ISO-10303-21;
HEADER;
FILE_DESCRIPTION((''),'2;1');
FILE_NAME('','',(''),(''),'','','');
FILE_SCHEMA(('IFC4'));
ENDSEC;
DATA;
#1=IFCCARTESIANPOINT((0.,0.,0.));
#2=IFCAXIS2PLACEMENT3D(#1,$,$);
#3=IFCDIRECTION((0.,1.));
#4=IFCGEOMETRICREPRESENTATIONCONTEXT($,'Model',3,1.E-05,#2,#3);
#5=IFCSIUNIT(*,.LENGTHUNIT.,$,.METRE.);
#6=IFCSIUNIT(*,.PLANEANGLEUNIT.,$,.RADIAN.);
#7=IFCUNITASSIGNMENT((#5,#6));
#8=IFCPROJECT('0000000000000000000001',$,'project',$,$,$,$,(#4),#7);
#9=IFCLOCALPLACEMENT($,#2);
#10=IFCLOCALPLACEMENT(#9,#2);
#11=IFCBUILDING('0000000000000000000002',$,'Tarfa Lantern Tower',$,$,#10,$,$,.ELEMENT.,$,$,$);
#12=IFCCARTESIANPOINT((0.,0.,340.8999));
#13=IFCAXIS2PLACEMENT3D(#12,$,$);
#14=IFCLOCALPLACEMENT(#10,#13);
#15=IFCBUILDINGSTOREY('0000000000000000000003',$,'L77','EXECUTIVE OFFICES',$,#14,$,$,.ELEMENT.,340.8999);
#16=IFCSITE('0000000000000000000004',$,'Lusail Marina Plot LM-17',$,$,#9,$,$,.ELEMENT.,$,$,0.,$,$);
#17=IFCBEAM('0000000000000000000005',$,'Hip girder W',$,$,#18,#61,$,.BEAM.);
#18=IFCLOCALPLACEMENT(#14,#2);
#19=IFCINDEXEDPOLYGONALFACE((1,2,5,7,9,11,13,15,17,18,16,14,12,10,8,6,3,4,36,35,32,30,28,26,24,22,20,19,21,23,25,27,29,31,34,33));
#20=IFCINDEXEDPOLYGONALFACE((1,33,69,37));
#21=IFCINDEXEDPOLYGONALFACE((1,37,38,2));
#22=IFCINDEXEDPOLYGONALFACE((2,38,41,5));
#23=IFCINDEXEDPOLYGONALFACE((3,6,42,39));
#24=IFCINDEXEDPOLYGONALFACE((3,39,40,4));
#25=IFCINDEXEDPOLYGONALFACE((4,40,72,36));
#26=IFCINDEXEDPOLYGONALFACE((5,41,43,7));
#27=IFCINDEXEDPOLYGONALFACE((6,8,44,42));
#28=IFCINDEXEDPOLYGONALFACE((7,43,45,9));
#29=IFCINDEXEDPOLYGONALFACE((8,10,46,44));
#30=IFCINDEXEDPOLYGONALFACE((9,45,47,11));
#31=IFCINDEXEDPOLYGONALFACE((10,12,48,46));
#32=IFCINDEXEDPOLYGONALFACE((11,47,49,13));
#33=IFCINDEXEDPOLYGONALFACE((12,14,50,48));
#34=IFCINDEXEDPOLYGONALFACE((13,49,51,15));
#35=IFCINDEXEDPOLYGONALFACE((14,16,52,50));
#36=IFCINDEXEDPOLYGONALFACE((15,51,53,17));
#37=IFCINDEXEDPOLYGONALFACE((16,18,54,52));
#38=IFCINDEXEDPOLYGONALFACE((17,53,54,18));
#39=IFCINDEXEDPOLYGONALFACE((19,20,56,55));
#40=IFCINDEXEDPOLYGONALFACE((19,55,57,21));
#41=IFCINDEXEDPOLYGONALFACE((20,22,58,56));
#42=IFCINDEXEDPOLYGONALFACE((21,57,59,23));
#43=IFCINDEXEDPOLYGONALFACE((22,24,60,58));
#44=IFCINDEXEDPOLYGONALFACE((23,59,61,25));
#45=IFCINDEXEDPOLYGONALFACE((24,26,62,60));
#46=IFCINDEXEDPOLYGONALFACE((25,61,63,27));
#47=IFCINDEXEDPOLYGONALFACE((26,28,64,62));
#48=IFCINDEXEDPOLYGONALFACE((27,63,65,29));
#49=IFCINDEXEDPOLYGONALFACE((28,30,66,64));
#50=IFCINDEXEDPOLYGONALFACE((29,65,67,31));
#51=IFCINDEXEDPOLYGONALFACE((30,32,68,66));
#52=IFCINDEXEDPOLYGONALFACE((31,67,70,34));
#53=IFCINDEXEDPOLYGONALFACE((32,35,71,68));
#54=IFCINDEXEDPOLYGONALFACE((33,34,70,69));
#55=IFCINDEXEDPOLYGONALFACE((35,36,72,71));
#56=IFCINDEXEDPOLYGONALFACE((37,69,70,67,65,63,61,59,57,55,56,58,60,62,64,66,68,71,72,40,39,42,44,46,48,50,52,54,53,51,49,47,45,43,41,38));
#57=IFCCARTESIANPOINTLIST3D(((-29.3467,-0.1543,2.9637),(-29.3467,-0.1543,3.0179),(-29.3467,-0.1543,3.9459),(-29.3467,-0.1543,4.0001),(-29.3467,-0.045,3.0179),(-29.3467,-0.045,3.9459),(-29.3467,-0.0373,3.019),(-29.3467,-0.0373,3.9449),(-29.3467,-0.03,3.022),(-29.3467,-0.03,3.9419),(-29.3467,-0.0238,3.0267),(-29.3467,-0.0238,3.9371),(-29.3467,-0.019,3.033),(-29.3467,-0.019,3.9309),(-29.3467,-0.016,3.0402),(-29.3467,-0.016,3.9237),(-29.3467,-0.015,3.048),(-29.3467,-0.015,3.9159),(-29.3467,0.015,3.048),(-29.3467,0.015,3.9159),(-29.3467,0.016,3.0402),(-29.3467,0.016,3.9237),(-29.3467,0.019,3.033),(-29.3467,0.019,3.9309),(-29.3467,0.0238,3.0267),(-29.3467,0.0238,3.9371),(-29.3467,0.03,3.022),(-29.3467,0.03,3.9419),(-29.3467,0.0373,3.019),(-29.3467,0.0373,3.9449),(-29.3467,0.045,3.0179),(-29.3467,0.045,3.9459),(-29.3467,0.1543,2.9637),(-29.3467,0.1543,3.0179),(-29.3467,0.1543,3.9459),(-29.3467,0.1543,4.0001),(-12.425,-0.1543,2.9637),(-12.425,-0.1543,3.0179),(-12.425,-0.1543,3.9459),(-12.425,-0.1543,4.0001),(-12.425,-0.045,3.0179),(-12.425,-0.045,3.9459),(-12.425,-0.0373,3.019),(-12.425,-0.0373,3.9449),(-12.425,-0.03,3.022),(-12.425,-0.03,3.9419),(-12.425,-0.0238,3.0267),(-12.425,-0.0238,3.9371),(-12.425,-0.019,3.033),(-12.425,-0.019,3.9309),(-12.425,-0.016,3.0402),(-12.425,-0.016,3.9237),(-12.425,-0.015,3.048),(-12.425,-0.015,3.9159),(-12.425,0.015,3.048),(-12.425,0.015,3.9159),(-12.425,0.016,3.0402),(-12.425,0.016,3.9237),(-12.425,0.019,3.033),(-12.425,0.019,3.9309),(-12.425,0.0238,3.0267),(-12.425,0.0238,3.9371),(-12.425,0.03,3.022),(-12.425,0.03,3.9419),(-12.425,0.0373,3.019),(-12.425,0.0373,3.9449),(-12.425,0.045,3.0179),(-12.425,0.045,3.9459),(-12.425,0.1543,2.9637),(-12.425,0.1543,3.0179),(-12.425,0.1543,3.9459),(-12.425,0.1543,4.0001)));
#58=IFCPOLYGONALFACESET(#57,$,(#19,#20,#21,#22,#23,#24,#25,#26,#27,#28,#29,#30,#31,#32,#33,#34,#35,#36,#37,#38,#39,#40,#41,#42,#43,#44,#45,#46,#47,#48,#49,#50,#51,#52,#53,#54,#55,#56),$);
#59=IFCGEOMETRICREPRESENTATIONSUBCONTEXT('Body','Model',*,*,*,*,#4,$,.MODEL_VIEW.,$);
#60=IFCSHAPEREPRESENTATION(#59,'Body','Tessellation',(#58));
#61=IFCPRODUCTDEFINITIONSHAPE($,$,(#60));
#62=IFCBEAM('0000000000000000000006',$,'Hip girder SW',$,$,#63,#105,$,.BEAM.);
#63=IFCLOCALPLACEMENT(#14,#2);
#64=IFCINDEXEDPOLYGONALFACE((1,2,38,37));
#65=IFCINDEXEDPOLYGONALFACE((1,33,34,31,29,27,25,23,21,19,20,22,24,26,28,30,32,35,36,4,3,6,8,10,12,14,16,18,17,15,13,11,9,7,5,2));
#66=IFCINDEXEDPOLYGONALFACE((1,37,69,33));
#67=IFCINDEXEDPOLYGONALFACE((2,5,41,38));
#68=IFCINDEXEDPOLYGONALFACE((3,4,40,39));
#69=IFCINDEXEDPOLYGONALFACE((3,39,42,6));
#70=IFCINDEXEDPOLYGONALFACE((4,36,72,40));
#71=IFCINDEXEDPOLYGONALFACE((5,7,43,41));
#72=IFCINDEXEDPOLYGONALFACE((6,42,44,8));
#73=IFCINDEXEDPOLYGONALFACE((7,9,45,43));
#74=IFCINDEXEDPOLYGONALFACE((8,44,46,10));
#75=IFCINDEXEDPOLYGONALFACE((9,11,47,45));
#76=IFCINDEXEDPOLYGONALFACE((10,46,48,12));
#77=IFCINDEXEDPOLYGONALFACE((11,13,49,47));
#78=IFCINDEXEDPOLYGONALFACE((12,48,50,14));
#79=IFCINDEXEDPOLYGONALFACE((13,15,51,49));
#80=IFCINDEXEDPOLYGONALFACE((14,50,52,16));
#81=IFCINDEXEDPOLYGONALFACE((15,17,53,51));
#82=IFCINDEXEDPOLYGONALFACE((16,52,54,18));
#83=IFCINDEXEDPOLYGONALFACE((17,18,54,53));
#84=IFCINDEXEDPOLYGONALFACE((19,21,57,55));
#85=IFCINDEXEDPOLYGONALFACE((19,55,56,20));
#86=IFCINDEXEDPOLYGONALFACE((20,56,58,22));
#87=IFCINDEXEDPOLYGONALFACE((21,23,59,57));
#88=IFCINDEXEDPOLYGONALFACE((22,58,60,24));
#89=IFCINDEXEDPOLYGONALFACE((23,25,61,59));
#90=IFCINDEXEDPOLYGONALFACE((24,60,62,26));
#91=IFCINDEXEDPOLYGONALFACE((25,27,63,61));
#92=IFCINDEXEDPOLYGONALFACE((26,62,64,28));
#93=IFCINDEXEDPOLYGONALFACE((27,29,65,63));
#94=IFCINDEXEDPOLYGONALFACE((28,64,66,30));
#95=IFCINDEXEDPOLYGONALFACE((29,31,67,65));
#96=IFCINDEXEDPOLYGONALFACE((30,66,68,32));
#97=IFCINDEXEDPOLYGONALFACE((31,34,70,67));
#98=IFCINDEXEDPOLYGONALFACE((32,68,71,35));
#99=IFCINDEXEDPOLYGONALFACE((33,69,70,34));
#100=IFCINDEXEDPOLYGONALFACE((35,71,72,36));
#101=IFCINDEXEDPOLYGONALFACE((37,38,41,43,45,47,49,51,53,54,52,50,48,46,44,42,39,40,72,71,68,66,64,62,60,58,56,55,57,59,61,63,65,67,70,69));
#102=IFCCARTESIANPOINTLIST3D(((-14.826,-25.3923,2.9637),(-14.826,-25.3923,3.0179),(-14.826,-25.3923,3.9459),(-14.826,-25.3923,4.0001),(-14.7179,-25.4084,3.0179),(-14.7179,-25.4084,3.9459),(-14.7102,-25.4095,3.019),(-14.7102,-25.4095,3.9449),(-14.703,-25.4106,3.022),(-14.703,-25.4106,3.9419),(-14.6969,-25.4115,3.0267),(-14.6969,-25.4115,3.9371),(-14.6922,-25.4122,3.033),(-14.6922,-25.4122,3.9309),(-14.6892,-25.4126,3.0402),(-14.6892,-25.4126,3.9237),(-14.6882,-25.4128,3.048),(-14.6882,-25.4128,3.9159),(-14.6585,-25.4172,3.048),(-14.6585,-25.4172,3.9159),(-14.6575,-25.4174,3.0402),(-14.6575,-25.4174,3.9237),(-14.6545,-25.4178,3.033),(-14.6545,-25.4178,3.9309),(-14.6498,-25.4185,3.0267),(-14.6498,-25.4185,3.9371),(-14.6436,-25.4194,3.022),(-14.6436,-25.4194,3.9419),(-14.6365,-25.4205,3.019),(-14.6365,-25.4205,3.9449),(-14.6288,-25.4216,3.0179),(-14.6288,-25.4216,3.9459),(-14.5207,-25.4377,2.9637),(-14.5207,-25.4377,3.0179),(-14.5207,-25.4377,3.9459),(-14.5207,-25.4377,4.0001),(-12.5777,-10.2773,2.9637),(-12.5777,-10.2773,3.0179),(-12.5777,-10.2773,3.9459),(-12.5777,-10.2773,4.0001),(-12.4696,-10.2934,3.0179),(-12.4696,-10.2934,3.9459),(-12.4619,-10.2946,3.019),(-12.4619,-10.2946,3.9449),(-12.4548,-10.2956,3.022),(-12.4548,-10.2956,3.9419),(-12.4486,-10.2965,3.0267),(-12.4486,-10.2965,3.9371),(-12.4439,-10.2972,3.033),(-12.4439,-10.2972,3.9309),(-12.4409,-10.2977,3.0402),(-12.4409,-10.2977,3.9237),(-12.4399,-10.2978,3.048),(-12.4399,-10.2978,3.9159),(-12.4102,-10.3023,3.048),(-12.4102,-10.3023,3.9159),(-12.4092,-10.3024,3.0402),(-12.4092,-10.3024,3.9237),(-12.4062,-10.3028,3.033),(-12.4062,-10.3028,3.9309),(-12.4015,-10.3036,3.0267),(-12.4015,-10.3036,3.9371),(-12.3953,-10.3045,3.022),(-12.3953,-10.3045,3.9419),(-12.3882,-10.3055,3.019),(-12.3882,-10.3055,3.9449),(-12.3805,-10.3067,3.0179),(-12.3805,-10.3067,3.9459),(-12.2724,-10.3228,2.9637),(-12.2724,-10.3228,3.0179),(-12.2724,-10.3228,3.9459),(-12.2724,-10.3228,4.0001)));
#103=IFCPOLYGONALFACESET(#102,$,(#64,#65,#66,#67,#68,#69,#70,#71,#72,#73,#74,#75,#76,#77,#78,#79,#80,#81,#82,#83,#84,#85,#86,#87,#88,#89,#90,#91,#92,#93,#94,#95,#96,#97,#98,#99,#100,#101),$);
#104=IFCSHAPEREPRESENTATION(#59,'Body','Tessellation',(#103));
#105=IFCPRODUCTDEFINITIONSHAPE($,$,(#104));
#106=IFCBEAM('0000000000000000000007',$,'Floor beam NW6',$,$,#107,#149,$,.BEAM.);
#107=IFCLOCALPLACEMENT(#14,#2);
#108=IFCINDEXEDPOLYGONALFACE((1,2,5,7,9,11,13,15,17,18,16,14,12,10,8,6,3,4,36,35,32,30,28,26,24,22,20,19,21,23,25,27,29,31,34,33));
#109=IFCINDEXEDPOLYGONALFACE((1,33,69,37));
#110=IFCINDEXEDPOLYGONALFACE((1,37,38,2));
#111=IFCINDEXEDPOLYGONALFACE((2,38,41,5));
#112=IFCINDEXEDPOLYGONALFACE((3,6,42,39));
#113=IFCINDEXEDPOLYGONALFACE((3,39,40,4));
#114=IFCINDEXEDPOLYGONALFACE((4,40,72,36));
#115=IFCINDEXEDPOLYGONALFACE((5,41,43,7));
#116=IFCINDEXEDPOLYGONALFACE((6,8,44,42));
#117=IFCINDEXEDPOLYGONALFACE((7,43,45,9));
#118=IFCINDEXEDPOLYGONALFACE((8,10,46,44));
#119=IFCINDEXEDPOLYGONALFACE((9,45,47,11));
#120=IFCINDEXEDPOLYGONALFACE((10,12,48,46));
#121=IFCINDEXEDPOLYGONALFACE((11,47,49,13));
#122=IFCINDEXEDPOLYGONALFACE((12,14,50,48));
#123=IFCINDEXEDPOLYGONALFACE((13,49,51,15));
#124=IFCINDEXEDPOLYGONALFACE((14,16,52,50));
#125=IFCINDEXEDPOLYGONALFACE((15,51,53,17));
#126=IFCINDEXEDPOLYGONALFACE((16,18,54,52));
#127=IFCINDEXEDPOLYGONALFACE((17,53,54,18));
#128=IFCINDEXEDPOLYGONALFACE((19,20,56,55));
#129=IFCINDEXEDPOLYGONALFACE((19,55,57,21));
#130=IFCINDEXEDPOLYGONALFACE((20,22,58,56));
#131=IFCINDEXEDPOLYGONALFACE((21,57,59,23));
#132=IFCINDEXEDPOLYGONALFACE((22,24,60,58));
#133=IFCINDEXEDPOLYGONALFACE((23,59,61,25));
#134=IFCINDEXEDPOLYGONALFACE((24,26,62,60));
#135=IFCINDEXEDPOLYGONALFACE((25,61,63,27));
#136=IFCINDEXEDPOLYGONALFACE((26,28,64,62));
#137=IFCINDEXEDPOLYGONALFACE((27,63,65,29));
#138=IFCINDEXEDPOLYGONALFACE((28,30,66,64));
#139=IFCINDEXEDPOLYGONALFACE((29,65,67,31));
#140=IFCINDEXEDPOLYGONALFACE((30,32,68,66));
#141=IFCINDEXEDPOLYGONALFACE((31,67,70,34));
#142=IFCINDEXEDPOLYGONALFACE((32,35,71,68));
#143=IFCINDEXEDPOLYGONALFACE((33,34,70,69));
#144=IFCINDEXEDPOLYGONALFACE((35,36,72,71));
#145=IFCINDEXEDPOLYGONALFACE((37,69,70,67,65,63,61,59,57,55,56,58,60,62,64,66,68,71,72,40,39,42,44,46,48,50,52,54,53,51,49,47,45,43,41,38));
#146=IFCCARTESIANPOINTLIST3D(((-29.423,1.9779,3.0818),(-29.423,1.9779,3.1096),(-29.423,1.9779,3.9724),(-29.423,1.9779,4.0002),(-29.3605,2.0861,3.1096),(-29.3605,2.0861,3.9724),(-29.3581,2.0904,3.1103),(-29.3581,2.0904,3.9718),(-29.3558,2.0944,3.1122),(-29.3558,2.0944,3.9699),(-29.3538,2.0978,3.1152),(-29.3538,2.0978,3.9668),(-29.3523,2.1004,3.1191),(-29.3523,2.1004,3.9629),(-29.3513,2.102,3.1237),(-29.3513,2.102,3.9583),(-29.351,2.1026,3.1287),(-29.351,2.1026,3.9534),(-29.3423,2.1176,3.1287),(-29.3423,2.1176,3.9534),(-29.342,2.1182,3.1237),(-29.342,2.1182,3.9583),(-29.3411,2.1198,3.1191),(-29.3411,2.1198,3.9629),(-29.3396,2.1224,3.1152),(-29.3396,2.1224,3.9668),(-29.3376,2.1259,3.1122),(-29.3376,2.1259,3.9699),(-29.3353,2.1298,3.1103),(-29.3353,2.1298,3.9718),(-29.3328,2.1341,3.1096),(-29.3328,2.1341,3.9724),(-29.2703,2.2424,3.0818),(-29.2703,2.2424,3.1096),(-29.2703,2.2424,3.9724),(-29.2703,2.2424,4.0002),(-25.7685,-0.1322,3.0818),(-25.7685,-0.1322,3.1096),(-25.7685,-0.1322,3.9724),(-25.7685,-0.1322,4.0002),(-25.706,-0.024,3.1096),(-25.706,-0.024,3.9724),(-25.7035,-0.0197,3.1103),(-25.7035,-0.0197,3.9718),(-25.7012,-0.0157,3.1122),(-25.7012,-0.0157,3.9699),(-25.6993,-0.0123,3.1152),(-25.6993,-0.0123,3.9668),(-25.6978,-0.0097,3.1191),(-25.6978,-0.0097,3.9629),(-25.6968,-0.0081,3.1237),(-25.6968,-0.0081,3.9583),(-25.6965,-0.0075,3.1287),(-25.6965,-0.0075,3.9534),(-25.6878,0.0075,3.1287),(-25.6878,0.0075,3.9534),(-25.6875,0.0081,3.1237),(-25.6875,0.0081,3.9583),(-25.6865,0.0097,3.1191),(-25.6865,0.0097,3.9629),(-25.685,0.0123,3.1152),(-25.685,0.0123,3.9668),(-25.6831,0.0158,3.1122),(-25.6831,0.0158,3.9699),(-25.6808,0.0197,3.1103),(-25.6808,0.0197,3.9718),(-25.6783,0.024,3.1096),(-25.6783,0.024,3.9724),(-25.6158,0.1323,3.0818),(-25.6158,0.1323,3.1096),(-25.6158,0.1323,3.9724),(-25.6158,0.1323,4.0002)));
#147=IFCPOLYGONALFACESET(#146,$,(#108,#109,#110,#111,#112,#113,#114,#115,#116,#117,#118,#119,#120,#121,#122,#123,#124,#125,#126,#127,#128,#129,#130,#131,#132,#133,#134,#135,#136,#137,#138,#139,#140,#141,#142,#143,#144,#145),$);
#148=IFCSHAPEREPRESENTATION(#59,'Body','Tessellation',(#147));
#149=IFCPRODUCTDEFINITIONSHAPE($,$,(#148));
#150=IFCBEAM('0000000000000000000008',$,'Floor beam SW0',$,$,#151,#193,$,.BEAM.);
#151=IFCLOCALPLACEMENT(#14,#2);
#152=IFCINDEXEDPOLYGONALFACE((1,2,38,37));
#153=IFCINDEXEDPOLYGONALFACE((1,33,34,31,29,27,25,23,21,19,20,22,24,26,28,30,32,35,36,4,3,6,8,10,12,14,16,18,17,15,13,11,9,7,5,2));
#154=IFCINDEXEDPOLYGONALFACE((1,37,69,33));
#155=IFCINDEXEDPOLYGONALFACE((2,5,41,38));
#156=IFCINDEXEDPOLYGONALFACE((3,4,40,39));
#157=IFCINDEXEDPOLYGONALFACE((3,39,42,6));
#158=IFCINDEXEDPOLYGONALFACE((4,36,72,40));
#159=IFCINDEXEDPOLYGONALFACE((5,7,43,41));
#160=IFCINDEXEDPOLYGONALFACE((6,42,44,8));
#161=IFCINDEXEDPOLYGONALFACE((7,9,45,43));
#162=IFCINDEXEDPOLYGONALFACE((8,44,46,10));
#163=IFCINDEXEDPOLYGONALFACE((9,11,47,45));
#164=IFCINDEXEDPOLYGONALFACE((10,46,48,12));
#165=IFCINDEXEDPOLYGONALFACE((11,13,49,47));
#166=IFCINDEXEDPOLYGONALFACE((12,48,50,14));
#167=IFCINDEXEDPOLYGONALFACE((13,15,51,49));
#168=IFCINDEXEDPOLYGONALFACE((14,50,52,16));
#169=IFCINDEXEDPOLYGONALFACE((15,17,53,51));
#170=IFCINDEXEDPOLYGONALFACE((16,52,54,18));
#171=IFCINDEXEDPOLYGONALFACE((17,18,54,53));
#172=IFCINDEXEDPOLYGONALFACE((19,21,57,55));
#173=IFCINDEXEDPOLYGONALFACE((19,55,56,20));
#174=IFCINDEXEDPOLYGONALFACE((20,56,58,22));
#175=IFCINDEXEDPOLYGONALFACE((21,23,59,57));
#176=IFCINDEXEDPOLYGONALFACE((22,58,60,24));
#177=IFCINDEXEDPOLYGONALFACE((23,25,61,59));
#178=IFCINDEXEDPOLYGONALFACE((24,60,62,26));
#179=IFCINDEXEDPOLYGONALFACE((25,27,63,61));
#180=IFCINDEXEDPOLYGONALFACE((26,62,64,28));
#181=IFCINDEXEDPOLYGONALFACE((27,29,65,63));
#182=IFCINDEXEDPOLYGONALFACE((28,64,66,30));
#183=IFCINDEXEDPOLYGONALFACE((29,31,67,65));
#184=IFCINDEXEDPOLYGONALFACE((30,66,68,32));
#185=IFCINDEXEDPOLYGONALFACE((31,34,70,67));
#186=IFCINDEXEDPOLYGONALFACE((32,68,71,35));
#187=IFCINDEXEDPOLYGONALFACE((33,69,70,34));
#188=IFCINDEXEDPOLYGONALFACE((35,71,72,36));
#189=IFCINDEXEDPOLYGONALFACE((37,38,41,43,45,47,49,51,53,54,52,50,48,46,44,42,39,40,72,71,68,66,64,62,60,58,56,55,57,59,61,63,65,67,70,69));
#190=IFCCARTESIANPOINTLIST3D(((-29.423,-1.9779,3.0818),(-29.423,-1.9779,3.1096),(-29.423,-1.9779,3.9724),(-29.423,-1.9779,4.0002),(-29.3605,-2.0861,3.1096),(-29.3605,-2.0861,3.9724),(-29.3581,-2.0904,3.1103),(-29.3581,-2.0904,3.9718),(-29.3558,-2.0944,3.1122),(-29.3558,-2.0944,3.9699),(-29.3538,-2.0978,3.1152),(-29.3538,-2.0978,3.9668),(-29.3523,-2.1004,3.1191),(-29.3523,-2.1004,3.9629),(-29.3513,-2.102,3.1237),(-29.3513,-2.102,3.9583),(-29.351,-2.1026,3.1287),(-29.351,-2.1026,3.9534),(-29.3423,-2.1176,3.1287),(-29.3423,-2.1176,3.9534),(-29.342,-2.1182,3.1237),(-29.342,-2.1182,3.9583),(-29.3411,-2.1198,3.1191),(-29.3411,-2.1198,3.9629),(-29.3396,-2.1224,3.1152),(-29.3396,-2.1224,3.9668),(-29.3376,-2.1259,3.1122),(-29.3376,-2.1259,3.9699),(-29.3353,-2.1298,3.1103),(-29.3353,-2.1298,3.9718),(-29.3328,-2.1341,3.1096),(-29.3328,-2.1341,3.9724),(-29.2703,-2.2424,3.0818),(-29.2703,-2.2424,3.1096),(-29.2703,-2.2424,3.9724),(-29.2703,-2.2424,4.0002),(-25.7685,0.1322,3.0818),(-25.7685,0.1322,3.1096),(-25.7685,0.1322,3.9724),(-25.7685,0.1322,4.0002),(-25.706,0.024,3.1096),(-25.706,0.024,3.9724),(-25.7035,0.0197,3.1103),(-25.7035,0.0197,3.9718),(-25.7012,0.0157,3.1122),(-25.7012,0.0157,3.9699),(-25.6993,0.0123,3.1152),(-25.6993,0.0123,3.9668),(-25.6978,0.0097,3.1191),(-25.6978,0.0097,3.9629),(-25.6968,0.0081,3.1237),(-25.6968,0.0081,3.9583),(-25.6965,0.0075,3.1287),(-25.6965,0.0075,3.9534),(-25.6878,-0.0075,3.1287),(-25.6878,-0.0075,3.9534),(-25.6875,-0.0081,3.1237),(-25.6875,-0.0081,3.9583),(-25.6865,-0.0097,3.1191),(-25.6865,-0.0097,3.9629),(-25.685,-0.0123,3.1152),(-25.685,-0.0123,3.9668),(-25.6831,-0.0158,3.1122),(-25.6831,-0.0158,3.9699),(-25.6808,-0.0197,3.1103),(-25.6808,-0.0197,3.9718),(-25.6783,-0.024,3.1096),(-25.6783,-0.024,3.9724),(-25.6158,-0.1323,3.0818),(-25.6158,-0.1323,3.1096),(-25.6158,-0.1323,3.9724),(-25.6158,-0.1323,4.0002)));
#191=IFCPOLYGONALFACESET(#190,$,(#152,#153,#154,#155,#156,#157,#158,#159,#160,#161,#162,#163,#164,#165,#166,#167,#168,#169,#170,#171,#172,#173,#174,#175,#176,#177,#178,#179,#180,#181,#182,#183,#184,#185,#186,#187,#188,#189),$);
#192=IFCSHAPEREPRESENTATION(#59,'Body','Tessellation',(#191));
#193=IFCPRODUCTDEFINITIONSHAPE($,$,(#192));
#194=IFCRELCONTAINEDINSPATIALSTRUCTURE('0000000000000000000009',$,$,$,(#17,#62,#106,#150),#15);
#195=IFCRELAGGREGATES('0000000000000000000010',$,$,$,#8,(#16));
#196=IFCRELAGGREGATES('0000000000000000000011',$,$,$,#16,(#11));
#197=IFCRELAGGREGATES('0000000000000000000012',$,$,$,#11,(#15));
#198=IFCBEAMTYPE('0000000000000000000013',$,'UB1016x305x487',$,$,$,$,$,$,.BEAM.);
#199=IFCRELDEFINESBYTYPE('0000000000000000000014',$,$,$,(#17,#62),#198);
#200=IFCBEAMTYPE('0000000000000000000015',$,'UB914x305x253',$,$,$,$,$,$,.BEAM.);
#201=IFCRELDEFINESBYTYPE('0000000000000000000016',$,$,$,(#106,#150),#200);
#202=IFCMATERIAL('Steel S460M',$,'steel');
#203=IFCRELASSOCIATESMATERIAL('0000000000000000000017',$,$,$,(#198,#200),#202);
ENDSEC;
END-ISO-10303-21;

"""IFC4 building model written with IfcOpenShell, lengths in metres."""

from ifc_helpers import new_model, si_unit, direction, frame, origin, origin_2d, place, context, subcontext, project, spatial, i_section, extrude, material, material_profile, profile_set, type_object, element, save


model = new_model("IFC4")

# Units and contexts
model_context = context("Model", 3, precision=1e-05, world=origin(), true_north=direction((0.0, 1.0)))
body_context = subcontext(model_context, "Body", "Model", "MODEL_VIEW")
ifc_project = project(units=[si_unit("LENGTHUNIT", "METRE"), si_unit("PLANEANGLEUNIT", "RADIAN")], contexts=[model_context])

# Site, building, storey
site_placement = place(None, origin())
site = spatial("IfcSite", under=ifc_project, at=site_placement, Name="Lusail Marina Plot LM-17", CompositionType="ELEMENT", RefElevation=0.0)
building_placement = place(site_placement, origin())
building = spatial("IfcBuilding", under=site, at=building_placement, Name="Tarfa Lantern Tower", CompositionType="ELEMENT")
storey_placement = place(building_placement, frame((0.0, 0.0, 340.8999)))
storey = spatial("IfcBuildingStorey", under=building, at=storey_placement, Name="L77", Description="EXECUTIVE OFFICES", CompositionType="ELEMENT", Elevation=340.8999)

# Beams
ifc_material_1 = material(Name="Steel S460M", Category="steel")
ifc_material_profile_1 = material_profile(ifc_material_1, i_section(OverallWidth=0.3086, OverallDepth=1.0364, WebThickness=0.03, FlangeThickness=0.0542, FilletRadius=0.03, at=origin_2d()), Name="UB1016x305x487")
ifc_profile_set_1 = profile_set([ifc_material_profile_1], Name="Steel S460M")
beam_type_1 = type_object("IfcBeamType", Name="UB1016x305x487", PredefinedType="BEAM", material=ifc_profile_set_1)
beam_1_placement = place(storey_placement, frame((-12.425, 0.0, 3.4819), z_axis=(-1.0, 0.0, 0.0), x_axis=(0.0, -1.0, 0.0)))
element("IfcBeam", 1, at=beam_1_placement, inside=storey, type_object=beam_type_1, Name="Hip girder W", PredefinedType="BEAM", context=body_context, shape_type="SweptSolid", body=[
    extrude(i_section(OverallWidth=0.3086, OverallDepth=1.0364, WebThickness=0.03, FlangeThickness=0.0542, FilletRadius=0.03, at=origin_2d()), origin(), (0.0, 0.0, 1.0), 16.9216),
])
beam_2_placement = place(storey_placement, frame((-12.425, -10.3, 3.4819), z_axis=(-0.147127, -0.989118, 0.0), x_axis=(0.989118, -0.147127, 0.0)))
element("IfcBeam", 2, at=beam_2_placement, inside=storey, type_object=beam_type_1, Name="Hip girder SW", PredefinedType="BEAM", context=body_context, shape_type="SweptSolid", body=[
    extrude(i_section(OverallWidth=0.3086, OverallDepth=1.0364, WebThickness=0.03, FlangeThickness=0.0542, FilletRadius=0.03, at=origin_2d()), origin(), (0.0, 0.0, 1.0), 15.2812),
])
ifc_material_profile_2 = material_profile(ifc_material_1, i_section(OverallWidth=0.3054, OverallDepth=0.9185, WebThickness=0.0173, FlangeThickness=0.0278, FilletRadius=0.019, at=origin_2d()), Name="UB914x305x253")
ifc_profile_set_2 = profile_set([ifc_material_profile_2], Name="Steel S460M")
beam_type_2 = type_object("IfcBeamType", Name="UB914x305x253", PredefinedType="BEAM", material=ifc_profile_set_2)
for number, where, z_axis, x_axis, name in (
    (3, (-29.3467, 2.1101, 3.541), (0.866009, -0.500028, 0.0), (0.500028, 0.866009, 0.0), "Floor beam NW6"),
    (4, (-29.3467, -2.1101, 3.541), (0.866009, 0.500028, 0.0), (-0.500028, 0.866009, 0.0), "Floor beam SW0"),
):
    element("IfcBeam", number, at=place(storey_placement, frame(where, z_axis=z_axis, x_axis=x_axis)), inside=storey, type_object=beam_type_2, Name=name, PredefinedType="BEAM", context=body_context, shape_type="SweptSolid", body=[
        extrude(i_section(OverallWidth=0.3054, OverallDepth=0.9185, WebThickness=0.0173, FlangeThickness=0.0278, FilletRadius=0.019, at=origin_2d()), origin(), (0.0, 0.0, 1.0), 4.22),
    ])

save(model, "model.ifc")
